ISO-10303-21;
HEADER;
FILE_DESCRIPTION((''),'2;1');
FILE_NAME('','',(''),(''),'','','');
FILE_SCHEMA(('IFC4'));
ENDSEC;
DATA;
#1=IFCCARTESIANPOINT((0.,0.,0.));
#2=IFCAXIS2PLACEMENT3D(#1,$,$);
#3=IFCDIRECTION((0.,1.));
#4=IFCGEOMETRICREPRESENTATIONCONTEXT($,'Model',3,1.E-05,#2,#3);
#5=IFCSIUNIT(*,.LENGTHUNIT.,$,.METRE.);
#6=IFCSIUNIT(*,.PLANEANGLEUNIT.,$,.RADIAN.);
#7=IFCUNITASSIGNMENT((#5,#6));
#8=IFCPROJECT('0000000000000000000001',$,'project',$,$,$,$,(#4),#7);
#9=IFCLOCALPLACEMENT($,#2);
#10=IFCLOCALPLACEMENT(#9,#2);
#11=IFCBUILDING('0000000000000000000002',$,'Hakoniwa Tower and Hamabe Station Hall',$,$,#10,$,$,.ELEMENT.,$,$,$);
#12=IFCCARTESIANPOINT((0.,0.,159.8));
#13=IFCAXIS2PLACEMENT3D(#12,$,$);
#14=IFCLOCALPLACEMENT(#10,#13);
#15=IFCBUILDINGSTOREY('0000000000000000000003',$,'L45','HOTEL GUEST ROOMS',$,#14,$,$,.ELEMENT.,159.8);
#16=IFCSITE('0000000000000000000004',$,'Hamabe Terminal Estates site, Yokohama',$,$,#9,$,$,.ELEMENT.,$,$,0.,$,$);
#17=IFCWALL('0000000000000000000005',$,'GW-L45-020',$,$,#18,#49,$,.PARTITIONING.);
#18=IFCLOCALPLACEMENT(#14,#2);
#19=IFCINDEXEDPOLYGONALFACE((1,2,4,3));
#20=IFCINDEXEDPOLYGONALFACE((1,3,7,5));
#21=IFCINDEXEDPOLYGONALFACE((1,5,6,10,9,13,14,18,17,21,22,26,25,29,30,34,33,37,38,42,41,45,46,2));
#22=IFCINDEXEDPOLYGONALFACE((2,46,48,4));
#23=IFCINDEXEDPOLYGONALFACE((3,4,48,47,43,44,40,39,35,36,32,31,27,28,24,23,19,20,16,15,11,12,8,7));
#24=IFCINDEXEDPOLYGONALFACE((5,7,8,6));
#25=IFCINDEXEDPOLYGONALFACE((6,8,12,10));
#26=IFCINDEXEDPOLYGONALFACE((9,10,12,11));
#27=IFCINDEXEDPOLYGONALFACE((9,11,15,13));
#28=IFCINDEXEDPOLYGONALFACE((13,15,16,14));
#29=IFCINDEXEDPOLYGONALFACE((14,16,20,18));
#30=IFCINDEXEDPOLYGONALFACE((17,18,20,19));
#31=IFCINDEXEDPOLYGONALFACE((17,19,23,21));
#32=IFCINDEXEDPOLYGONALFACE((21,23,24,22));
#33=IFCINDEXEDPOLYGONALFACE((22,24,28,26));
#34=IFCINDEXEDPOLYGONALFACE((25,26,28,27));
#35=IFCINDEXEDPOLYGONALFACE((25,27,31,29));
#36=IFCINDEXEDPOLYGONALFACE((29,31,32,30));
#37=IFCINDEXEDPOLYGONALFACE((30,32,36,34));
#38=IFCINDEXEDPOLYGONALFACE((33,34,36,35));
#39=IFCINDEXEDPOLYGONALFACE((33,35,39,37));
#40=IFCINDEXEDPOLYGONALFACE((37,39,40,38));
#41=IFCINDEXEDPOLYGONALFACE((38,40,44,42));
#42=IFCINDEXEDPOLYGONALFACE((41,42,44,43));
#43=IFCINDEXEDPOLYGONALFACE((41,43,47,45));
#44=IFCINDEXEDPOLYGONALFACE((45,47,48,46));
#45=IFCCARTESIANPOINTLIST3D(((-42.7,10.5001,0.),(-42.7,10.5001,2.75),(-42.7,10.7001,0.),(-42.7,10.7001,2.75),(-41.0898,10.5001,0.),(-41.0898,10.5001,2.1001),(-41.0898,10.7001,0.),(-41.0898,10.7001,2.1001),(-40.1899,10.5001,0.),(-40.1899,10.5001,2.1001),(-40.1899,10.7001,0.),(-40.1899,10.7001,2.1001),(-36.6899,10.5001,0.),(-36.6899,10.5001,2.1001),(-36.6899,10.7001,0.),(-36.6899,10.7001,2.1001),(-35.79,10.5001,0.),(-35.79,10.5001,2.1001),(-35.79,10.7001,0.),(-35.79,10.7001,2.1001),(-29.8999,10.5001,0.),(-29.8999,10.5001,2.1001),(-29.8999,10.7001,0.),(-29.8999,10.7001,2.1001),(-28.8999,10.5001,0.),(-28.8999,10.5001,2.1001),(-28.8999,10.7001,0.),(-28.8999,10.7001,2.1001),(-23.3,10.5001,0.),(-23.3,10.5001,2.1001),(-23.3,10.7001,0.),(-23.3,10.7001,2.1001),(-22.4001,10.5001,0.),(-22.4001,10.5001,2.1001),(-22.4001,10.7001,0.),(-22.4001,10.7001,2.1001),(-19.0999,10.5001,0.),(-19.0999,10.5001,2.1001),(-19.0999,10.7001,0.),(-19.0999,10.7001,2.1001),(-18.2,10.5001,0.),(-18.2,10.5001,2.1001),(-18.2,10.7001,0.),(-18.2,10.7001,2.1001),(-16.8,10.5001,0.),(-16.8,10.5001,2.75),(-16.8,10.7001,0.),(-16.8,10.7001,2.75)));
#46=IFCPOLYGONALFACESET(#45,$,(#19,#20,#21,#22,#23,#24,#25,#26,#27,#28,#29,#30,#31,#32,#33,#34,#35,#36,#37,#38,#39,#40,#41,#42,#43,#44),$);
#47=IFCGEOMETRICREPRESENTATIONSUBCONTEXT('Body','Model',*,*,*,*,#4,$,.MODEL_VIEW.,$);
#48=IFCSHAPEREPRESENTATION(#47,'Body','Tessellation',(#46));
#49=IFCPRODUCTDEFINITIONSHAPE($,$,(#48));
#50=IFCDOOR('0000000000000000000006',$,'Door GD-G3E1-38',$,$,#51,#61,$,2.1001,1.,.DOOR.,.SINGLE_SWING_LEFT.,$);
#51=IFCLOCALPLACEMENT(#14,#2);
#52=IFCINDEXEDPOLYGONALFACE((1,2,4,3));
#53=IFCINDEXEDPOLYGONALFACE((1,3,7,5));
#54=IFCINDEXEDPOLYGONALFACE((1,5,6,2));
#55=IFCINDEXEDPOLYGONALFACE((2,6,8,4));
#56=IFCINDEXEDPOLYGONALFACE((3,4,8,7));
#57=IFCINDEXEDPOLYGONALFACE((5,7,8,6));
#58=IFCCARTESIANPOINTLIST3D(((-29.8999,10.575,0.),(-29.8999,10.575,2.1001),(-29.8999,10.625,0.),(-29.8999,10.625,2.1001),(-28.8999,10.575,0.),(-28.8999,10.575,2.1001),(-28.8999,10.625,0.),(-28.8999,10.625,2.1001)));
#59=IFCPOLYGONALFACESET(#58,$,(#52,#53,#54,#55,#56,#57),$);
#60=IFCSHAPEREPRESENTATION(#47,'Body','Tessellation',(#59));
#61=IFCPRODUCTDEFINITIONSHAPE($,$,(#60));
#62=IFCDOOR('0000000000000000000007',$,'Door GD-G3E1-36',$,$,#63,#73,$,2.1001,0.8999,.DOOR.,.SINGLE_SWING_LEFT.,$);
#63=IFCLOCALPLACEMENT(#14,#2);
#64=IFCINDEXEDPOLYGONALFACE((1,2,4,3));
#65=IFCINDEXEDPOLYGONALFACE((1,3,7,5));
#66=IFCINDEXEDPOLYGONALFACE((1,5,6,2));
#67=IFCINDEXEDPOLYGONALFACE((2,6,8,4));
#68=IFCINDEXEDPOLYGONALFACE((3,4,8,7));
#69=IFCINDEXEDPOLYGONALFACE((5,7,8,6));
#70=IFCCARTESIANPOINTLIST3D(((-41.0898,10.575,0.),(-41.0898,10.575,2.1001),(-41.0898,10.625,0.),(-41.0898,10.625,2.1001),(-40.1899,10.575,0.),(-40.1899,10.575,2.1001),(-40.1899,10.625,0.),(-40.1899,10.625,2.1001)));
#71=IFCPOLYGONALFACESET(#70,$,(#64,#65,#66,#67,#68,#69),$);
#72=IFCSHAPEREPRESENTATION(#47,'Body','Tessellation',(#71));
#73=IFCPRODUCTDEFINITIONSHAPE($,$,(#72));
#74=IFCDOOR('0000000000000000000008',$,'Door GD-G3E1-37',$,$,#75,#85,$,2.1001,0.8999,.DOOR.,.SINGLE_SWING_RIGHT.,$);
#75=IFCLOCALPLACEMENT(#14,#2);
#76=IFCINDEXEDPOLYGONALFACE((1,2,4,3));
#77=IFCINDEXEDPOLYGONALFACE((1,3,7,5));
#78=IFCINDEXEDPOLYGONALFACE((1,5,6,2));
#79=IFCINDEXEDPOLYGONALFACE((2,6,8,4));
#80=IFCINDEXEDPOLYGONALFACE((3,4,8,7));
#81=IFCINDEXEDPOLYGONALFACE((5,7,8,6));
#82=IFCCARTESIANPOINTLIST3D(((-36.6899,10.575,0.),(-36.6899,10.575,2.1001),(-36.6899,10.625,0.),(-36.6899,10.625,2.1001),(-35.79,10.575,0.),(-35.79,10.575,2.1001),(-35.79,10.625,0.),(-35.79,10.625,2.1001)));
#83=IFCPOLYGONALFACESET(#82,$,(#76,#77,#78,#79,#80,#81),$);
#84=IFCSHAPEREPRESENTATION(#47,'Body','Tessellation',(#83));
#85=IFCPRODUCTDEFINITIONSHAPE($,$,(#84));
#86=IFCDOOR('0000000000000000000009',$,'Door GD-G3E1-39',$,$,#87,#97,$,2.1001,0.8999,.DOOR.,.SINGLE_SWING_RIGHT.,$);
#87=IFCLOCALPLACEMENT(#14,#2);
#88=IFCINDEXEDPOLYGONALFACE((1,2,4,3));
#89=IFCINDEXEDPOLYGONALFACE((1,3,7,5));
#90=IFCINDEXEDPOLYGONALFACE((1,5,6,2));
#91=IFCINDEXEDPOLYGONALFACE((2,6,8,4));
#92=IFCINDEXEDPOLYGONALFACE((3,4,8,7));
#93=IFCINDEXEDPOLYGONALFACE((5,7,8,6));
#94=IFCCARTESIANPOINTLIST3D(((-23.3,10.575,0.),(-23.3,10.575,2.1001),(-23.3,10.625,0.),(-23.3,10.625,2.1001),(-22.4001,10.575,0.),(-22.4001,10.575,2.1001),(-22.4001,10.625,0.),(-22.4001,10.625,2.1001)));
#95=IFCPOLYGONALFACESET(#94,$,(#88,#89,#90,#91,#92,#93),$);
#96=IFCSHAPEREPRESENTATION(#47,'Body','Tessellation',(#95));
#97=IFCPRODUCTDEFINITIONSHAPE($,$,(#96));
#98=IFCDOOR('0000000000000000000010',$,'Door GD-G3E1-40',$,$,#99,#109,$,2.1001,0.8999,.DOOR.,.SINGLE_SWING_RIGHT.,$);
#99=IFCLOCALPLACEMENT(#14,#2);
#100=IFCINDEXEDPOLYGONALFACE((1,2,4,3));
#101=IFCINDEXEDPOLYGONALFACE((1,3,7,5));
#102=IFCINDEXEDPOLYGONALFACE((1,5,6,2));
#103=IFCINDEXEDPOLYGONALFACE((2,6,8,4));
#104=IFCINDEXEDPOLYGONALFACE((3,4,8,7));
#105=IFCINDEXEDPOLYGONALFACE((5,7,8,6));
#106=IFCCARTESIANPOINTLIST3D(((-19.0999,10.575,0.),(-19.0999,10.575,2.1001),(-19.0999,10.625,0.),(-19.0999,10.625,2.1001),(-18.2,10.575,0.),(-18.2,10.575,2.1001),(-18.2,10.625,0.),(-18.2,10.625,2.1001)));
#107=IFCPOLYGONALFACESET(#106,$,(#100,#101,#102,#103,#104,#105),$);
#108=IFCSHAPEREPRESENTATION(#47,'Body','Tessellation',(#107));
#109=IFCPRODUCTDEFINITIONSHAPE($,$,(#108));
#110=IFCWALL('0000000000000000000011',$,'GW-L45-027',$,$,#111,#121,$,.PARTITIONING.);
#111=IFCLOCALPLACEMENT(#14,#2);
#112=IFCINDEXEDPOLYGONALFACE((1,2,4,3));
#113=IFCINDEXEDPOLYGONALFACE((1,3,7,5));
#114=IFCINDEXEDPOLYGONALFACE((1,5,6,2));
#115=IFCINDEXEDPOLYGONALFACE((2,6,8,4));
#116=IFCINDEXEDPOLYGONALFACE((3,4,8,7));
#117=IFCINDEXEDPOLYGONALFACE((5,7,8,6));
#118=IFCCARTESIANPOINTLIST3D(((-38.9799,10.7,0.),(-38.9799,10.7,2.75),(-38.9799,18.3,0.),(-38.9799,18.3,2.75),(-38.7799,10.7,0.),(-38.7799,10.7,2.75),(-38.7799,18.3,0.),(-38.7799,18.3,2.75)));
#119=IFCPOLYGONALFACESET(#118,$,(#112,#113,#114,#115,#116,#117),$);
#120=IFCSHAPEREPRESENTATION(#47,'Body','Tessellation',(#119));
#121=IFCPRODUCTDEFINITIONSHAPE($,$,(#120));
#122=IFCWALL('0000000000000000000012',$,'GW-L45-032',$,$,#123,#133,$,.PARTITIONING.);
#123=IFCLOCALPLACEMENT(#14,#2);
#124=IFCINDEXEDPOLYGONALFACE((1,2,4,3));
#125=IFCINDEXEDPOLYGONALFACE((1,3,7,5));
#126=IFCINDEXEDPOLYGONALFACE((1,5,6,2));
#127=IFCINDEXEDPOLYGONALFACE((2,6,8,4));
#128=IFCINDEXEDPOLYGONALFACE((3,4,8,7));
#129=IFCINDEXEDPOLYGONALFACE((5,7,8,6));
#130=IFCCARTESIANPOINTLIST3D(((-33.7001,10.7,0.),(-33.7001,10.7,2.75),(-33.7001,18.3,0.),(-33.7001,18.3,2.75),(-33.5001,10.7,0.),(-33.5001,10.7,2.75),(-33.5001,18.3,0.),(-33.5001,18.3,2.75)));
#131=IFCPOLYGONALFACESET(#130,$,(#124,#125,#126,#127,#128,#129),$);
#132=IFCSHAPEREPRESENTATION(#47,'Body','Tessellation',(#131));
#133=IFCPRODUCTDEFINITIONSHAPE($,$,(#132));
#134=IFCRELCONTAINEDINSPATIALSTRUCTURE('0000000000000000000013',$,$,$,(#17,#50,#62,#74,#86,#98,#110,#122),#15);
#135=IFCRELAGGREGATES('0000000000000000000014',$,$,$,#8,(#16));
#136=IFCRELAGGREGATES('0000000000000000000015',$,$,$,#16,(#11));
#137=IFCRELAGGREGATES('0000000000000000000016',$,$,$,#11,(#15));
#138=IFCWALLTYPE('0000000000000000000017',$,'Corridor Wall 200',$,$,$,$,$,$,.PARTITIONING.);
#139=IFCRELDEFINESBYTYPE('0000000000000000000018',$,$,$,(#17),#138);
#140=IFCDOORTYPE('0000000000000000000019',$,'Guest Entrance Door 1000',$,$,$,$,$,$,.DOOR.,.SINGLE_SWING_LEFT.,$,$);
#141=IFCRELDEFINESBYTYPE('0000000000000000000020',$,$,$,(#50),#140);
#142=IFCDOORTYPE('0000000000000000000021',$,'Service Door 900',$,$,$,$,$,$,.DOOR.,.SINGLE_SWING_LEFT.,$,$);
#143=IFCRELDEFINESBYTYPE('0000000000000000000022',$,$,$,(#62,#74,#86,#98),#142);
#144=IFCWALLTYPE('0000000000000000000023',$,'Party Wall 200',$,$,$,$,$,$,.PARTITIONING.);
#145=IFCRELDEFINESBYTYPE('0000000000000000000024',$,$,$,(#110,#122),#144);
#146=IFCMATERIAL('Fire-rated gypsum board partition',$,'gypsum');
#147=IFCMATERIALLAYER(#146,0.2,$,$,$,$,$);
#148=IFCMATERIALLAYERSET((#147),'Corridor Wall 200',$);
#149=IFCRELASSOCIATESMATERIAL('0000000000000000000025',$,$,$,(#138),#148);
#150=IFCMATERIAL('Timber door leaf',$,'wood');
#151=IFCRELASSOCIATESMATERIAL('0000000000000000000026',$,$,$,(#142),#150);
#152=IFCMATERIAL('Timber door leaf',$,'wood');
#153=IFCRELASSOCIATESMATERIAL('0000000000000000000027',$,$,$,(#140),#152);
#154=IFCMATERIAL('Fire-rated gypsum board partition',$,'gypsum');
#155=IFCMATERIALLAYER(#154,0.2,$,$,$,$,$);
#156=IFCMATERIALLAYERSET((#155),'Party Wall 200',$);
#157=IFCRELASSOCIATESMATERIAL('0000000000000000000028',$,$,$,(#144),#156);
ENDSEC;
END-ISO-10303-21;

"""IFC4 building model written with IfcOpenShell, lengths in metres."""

from ifc_helpers import new_model, si_unit, direction, frame, frame_2d, origin, place, context, subcontext, project, spatial, rectangle, extrude, material, layer, layer_set, type_object, element, fill, save


model = new_model("IFC4")

# Units and contexts
model_context = context("Model", 3, precision=1e-05, world=origin(), true_north=direction((0.0, 1.0)))
body_context = subcontext(model_context, "Body", "Model", "MODEL_VIEW")
ifc_project = project(units=[si_unit("LENGTHUNIT", "METRE"), si_unit("PLANEANGLEUNIT", "RADIAN")], contexts=[model_context])

# Site, building, storey
site_placement = place(None, origin())
site = spatial("IfcSite", under=ifc_project, at=site_placement, Name="Hamabe Terminal Estates site, Yokohama", CompositionType="ELEMENT", RefElevation=0.0)
building_placement = place(site_placement, origin())
building = spatial("IfcBuilding", under=site, at=building_placement, Name="Hakoniwa Tower and Hamabe Station Hall", CompositionType="ELEMENT")
storey_placement = place(building_placement, frame((0.0, 0.0, 159.8)))
storey = spatial("IfcBuildingStorey", under=building, at=storey_placement, Name="L45", Description="HOTEL GUEST ROOMS", CompositionType="ELEMENT", Elevation=159.8)

# Wall, openings, doors
ifc_material_1 = material(Name="Fire-rated gypsum board partition", Category="gypsum")
ifc_layer_1 = layer(ifc_material_1, 0.2)
ifc_layer_set_1 = layer_set([ifc_layer_1], Name="Corridor Wall 200")
wall_type_1 = type_object("IfcWallType", Name="Corridor Wall 200", PredefinedType="PARTITIONING", material=ifc_layer_set_1)
ifc_material_2 = material(Name="Timber door leaf", Category="wood")
door_type_1 = type_object("IfcDoorType", Name="Service Door 900", OperationType="SINGLE_SWING_LEFT", PredefinedType="DOOR", material=ifc_material_2)
wall_1_placement = place(storey_placement, frame((-42.7, 10.6001, 0.0), z_axis=(0.0, 0.0, 1.0), x_axis=(1.0, 0.0, 0.0)))
wall_1 = element("IfcWall", 1, at=wall_1_placement, inside=storey, type_object=wall_type_1, Name="GW-L45-020", PredefinedType="PARTITIONING", context=body_context, shape_type="SweptSolid", body=[
    extrude(rectangle(XDim=25.8999, YDim=0.2, at=frame_2d((12.95, 0.0))), origin(), (0.0, 0.0, 1.0), 2.75),
])
opening_1_placement = place(wall_1_placement, frame((1.6101, 0.0, 0.0)))
opening_1 = element("IfcOpeningElement", 2, at=opening_1_placement, cuts=wall_1, PredefinedType="OPENING", context=body_context, shape_type="SweptSolid", body=[
    extrude(rectangle(XDim=0.8999, YDim=2.1001, at=frame_2d((0.45, 1.05))), frame((0.0, 0.1099, 0.0), z_axis=(0.0, -1.0, 0.0), x_axis=(1.0, 0.0, 0.0)), (0.0, 0.0, 1.0), 0.22),
])
opening_2_placement = place(wall_1_placement, frame((6.01, 0.0, 0.0)))
opening_2 = element("IfcOpeningElement", 3, at=opening_2_placement, cuts=wall_1, PredefinedType="OPENING", context=body_context, shape_type="SweptSolid", body=[
    extrude(rectangle(XDim=0.8999, YDim=2.1001, at=frame_2d((0.45, 1.05))), frame((0.0, 0.1099, 0.0), z_axis=(0.0, -1.0, 0.0), x_axis=(1.0, 0.0, 0.0)), (0.0, 0.0, 1.0), 0.22),
])
opening_3_placement = place(wall_1_placement, frame((12.8, 0.0, 0.0)))
opening_3 = element("IfcOpeningElement", 4, at=opening_3_placement, cuts=wall_1, PredefinedType="OPENING", context=body_context, shape_type="SweptSolid", body=[
    extrude(rectangle(XDim=1.0, YDim=2.1001, at=frame_2d((0.5, 1.05))), frame((0.0, 0.1099, 0.0), z_axis=(0.0, -1.0, 0.0), x_axis=(1.0, 0.0, 0.0)), (0.0, 0.0, 1.0), 0.22),
])
opening_4_placement = place(wall_1_placement, frame((19.3999, 0.0, 0.0)))
opening_4 = element("IfcOpeningElement", 5, at=opening_4_placement, cuts=wall_1, PredefinedType="OPENING", context=body_context, shape_type="SweptSolid", body=[
    extrude(rectangle(XDim=0.8999, YDim=2.1001, at=frame_2d((0.45, 1.05))), frame((0.0, 0.1099, 0.0), z_axis=(0.0, -1.0, 0.0), x_axis=(1.0, 0.0, 0.0)), (0.0, 0.0, 1.0), 0.22),
])
opening_5_placement = place(wall_1_placement, frame((23.6001, 0.0, 0.0)))
opening_5 = element("IfcOpeningElement", 6, at=opening_5_placement, cuts=wall_1, PredefinedType="OPENING", context=body_context, shape_type="SweptSolid", body=[
    extrude(rectangle(XDim=0.8999, YDim=2.1001, at=frame_2d((0.45, 1.05))), frame((0.0, 0.1099, 0.0), z_axis=(0.0, -1.0, 0.0), x_axis=(1.0, 0.0, 0.0)), (0.0, 0.0, 1.0), 0.22),
])
ifc_material_3 = material(Name="Timber door leaf", Category="wood")
door_type_2 = type_object("IfcDoorType", Name="Guest Entrance Door 1000", OperationType="SINGLE_SWING_LEFT", PredefinedType="DOOR", material=ifc_material_3)
door_1_placement = place(opening_3_placement, origin())
door_1 = element("IfcDoor", 7, at=door_1_placement, inside=storey, type_object=door_type_2, Name="Door GD-G3E1-38", OperationType="SINGLE_SWING_LEFT", OverallHeight=2.1001, OverallWidth=1.0, PredefinedType="DOOR", context=body_context, shape_type="SweptSolid", body=[
    extrude(rectangle(XDim=1.0, YDim=2.1001, at=frame_2d((0.5, 1.05))), frame((0.0, 0.0249, 0.0), z_axis=(0.0, -1.0, 0.0), x_axis=(1.0, 0.0, 0.0)), (0.0, 0.0, 1.0), 0.05),
])
fill(opening_3, door_1)
door_2_placement = place(opening_1_placement, origin())
door_2 = element("IfcDoor", 8, at=door_2_placement, inside=storey, type_object=door_type_1, Name="Door GD-G3E1-36", OperationType="SINGLE_SWING_LEFT", OverallHeight=2.1001, OverallWidth=0.8999, PredefinedType="DOOR", context=body_context, shape_type="SweptSolid", body=[
    extrude(rectangle(XDim=0.8999, YDim=2.1001, at=frame_2d((0.45, 1.05))), frame((0.0, 0.0249, 0.0), z_axis=(0.0, -1.0, 0.0), x_axis=(1.0, 0.0, 0.0)), (0.0, 0.0, 1.0), 0.05),
])
fill(opening_1, door_2)
door_3_placement = place(opening_2_placement, origin())
door_3 = element("IfcDoor", 9, at=door_3_placement, inside=storey, type_object=door_type_1, Name="Door GD-G3E1-37", OperationType="SINGLE_SWING_RIGHT", OverallHeight=2.1001, OverallWidth=0.8999, PredefinedType="DOOR", context=body_context, shape_type="SweptSolid", body=[
    extrude(rectangle(XDim=0.8999, YDim=2.1001, at=frame_2d((0.45, 1.05))), frame((0.0, 0.0249, 0.0), z_axis=(0.0, -1.0, 0.0), x_axis=(1.0, 0.0, 0.0)), (0.0, 0.0, 1.0), 0.05),
])
fill(opening_2, door_3)
door_4_placement = place(opening_4_placement, origin())
door_4 = element("IfcDoor", 10, at=door_4_placement, inside=storey, type_object=door_type_1, Name="Door GD-G3E1-39", OperationType="SINGLE_SWING_RIGHT", OverallHeight=2.1001, OverallWidth=0.8999, PredefinedType="DOOR", context=body_context, shape_type="SweptSolid", body=[
    extrude(rectangle(XDim=0.8999, YDim=2.1001, at=frame_2d((0.45, 1.05))), frame((0.0, 0.0249, 0.0), z_axis=(0.0, -1.0, 0.0), x_axis=(1.0, 0.0, 0.0)), (0.0, 0.0, 1.0), 0.05),
])
fill(opening_4, door_4)
door_5_placement = place(opening_5_placement, origin())
door_5 = element("IfcDoor", 11, at=door_5_placement, inside=storey, type_object=door_type_1, Name="Door GD-G3E1-40", OperationType="SINGLE_SWING_RIGHT", OverallHeight=2.1001, OverallWidth=0.8999, PredefinedType="DOOR", context=body_context, shape_type="SweptSolid", body=[
    extrude(rectangle(XDim=0.8999, YDim=2.1001, at=frame_2d((0.45, 1.05))), frame((0.0, 0.0249, 0.0), z_axis=(0.0, -1.0, 0.0), x_axis=(1.0, 0.0, 0.0)), (0.0, 0.0, 1.0), 0.05),
])
fill(opening_5, door_5)

# Walls
ifc_material_4 = material(Name="Fire-rated gypsum board partition", Category="gypsum")
ifc_layer_2 = layer(ifc_material_4, 0.2)
ifc_layer_set_2 = layer_set([ifc_layer_2], Name="Party Wall 200")
wall_type_2 = type_object("IfcWallType", Name="Party Wall 200", PredefinedType="PARTITIONING", material=ifc_layer_set_2)
for number, where, z_axis, x_axis, name in (
    (12, (-38.8799, 10.7, 0.0), (0.0, 0.0, 1.0), (0.0, 1.0, 0.0), "GW-L45-027"),
    (13, (-33.6001, 10.7, 0.0), (0.0, 0.0, 1.0), (0.0, 1.0, 0.0), "GW-L45-032"),
):
    element("IfcWall", number, at=place(storey_placement, frame(where, z_axis=z_axis, x_axis=x_axis)), inside=storey, type_object=wall_type_2, Name=name, PredefinedType="PARTITIONING", context=body_context, shape_type="SweptSolid", body=[
        extrude(rectangle(XDim=7.6001, YDim=0.2, at=frame_2d((3.8, 0.0))), origin(), (0.0, 0.0, 1.0), 2.75),
    ])

save(model, "model.ifc")
